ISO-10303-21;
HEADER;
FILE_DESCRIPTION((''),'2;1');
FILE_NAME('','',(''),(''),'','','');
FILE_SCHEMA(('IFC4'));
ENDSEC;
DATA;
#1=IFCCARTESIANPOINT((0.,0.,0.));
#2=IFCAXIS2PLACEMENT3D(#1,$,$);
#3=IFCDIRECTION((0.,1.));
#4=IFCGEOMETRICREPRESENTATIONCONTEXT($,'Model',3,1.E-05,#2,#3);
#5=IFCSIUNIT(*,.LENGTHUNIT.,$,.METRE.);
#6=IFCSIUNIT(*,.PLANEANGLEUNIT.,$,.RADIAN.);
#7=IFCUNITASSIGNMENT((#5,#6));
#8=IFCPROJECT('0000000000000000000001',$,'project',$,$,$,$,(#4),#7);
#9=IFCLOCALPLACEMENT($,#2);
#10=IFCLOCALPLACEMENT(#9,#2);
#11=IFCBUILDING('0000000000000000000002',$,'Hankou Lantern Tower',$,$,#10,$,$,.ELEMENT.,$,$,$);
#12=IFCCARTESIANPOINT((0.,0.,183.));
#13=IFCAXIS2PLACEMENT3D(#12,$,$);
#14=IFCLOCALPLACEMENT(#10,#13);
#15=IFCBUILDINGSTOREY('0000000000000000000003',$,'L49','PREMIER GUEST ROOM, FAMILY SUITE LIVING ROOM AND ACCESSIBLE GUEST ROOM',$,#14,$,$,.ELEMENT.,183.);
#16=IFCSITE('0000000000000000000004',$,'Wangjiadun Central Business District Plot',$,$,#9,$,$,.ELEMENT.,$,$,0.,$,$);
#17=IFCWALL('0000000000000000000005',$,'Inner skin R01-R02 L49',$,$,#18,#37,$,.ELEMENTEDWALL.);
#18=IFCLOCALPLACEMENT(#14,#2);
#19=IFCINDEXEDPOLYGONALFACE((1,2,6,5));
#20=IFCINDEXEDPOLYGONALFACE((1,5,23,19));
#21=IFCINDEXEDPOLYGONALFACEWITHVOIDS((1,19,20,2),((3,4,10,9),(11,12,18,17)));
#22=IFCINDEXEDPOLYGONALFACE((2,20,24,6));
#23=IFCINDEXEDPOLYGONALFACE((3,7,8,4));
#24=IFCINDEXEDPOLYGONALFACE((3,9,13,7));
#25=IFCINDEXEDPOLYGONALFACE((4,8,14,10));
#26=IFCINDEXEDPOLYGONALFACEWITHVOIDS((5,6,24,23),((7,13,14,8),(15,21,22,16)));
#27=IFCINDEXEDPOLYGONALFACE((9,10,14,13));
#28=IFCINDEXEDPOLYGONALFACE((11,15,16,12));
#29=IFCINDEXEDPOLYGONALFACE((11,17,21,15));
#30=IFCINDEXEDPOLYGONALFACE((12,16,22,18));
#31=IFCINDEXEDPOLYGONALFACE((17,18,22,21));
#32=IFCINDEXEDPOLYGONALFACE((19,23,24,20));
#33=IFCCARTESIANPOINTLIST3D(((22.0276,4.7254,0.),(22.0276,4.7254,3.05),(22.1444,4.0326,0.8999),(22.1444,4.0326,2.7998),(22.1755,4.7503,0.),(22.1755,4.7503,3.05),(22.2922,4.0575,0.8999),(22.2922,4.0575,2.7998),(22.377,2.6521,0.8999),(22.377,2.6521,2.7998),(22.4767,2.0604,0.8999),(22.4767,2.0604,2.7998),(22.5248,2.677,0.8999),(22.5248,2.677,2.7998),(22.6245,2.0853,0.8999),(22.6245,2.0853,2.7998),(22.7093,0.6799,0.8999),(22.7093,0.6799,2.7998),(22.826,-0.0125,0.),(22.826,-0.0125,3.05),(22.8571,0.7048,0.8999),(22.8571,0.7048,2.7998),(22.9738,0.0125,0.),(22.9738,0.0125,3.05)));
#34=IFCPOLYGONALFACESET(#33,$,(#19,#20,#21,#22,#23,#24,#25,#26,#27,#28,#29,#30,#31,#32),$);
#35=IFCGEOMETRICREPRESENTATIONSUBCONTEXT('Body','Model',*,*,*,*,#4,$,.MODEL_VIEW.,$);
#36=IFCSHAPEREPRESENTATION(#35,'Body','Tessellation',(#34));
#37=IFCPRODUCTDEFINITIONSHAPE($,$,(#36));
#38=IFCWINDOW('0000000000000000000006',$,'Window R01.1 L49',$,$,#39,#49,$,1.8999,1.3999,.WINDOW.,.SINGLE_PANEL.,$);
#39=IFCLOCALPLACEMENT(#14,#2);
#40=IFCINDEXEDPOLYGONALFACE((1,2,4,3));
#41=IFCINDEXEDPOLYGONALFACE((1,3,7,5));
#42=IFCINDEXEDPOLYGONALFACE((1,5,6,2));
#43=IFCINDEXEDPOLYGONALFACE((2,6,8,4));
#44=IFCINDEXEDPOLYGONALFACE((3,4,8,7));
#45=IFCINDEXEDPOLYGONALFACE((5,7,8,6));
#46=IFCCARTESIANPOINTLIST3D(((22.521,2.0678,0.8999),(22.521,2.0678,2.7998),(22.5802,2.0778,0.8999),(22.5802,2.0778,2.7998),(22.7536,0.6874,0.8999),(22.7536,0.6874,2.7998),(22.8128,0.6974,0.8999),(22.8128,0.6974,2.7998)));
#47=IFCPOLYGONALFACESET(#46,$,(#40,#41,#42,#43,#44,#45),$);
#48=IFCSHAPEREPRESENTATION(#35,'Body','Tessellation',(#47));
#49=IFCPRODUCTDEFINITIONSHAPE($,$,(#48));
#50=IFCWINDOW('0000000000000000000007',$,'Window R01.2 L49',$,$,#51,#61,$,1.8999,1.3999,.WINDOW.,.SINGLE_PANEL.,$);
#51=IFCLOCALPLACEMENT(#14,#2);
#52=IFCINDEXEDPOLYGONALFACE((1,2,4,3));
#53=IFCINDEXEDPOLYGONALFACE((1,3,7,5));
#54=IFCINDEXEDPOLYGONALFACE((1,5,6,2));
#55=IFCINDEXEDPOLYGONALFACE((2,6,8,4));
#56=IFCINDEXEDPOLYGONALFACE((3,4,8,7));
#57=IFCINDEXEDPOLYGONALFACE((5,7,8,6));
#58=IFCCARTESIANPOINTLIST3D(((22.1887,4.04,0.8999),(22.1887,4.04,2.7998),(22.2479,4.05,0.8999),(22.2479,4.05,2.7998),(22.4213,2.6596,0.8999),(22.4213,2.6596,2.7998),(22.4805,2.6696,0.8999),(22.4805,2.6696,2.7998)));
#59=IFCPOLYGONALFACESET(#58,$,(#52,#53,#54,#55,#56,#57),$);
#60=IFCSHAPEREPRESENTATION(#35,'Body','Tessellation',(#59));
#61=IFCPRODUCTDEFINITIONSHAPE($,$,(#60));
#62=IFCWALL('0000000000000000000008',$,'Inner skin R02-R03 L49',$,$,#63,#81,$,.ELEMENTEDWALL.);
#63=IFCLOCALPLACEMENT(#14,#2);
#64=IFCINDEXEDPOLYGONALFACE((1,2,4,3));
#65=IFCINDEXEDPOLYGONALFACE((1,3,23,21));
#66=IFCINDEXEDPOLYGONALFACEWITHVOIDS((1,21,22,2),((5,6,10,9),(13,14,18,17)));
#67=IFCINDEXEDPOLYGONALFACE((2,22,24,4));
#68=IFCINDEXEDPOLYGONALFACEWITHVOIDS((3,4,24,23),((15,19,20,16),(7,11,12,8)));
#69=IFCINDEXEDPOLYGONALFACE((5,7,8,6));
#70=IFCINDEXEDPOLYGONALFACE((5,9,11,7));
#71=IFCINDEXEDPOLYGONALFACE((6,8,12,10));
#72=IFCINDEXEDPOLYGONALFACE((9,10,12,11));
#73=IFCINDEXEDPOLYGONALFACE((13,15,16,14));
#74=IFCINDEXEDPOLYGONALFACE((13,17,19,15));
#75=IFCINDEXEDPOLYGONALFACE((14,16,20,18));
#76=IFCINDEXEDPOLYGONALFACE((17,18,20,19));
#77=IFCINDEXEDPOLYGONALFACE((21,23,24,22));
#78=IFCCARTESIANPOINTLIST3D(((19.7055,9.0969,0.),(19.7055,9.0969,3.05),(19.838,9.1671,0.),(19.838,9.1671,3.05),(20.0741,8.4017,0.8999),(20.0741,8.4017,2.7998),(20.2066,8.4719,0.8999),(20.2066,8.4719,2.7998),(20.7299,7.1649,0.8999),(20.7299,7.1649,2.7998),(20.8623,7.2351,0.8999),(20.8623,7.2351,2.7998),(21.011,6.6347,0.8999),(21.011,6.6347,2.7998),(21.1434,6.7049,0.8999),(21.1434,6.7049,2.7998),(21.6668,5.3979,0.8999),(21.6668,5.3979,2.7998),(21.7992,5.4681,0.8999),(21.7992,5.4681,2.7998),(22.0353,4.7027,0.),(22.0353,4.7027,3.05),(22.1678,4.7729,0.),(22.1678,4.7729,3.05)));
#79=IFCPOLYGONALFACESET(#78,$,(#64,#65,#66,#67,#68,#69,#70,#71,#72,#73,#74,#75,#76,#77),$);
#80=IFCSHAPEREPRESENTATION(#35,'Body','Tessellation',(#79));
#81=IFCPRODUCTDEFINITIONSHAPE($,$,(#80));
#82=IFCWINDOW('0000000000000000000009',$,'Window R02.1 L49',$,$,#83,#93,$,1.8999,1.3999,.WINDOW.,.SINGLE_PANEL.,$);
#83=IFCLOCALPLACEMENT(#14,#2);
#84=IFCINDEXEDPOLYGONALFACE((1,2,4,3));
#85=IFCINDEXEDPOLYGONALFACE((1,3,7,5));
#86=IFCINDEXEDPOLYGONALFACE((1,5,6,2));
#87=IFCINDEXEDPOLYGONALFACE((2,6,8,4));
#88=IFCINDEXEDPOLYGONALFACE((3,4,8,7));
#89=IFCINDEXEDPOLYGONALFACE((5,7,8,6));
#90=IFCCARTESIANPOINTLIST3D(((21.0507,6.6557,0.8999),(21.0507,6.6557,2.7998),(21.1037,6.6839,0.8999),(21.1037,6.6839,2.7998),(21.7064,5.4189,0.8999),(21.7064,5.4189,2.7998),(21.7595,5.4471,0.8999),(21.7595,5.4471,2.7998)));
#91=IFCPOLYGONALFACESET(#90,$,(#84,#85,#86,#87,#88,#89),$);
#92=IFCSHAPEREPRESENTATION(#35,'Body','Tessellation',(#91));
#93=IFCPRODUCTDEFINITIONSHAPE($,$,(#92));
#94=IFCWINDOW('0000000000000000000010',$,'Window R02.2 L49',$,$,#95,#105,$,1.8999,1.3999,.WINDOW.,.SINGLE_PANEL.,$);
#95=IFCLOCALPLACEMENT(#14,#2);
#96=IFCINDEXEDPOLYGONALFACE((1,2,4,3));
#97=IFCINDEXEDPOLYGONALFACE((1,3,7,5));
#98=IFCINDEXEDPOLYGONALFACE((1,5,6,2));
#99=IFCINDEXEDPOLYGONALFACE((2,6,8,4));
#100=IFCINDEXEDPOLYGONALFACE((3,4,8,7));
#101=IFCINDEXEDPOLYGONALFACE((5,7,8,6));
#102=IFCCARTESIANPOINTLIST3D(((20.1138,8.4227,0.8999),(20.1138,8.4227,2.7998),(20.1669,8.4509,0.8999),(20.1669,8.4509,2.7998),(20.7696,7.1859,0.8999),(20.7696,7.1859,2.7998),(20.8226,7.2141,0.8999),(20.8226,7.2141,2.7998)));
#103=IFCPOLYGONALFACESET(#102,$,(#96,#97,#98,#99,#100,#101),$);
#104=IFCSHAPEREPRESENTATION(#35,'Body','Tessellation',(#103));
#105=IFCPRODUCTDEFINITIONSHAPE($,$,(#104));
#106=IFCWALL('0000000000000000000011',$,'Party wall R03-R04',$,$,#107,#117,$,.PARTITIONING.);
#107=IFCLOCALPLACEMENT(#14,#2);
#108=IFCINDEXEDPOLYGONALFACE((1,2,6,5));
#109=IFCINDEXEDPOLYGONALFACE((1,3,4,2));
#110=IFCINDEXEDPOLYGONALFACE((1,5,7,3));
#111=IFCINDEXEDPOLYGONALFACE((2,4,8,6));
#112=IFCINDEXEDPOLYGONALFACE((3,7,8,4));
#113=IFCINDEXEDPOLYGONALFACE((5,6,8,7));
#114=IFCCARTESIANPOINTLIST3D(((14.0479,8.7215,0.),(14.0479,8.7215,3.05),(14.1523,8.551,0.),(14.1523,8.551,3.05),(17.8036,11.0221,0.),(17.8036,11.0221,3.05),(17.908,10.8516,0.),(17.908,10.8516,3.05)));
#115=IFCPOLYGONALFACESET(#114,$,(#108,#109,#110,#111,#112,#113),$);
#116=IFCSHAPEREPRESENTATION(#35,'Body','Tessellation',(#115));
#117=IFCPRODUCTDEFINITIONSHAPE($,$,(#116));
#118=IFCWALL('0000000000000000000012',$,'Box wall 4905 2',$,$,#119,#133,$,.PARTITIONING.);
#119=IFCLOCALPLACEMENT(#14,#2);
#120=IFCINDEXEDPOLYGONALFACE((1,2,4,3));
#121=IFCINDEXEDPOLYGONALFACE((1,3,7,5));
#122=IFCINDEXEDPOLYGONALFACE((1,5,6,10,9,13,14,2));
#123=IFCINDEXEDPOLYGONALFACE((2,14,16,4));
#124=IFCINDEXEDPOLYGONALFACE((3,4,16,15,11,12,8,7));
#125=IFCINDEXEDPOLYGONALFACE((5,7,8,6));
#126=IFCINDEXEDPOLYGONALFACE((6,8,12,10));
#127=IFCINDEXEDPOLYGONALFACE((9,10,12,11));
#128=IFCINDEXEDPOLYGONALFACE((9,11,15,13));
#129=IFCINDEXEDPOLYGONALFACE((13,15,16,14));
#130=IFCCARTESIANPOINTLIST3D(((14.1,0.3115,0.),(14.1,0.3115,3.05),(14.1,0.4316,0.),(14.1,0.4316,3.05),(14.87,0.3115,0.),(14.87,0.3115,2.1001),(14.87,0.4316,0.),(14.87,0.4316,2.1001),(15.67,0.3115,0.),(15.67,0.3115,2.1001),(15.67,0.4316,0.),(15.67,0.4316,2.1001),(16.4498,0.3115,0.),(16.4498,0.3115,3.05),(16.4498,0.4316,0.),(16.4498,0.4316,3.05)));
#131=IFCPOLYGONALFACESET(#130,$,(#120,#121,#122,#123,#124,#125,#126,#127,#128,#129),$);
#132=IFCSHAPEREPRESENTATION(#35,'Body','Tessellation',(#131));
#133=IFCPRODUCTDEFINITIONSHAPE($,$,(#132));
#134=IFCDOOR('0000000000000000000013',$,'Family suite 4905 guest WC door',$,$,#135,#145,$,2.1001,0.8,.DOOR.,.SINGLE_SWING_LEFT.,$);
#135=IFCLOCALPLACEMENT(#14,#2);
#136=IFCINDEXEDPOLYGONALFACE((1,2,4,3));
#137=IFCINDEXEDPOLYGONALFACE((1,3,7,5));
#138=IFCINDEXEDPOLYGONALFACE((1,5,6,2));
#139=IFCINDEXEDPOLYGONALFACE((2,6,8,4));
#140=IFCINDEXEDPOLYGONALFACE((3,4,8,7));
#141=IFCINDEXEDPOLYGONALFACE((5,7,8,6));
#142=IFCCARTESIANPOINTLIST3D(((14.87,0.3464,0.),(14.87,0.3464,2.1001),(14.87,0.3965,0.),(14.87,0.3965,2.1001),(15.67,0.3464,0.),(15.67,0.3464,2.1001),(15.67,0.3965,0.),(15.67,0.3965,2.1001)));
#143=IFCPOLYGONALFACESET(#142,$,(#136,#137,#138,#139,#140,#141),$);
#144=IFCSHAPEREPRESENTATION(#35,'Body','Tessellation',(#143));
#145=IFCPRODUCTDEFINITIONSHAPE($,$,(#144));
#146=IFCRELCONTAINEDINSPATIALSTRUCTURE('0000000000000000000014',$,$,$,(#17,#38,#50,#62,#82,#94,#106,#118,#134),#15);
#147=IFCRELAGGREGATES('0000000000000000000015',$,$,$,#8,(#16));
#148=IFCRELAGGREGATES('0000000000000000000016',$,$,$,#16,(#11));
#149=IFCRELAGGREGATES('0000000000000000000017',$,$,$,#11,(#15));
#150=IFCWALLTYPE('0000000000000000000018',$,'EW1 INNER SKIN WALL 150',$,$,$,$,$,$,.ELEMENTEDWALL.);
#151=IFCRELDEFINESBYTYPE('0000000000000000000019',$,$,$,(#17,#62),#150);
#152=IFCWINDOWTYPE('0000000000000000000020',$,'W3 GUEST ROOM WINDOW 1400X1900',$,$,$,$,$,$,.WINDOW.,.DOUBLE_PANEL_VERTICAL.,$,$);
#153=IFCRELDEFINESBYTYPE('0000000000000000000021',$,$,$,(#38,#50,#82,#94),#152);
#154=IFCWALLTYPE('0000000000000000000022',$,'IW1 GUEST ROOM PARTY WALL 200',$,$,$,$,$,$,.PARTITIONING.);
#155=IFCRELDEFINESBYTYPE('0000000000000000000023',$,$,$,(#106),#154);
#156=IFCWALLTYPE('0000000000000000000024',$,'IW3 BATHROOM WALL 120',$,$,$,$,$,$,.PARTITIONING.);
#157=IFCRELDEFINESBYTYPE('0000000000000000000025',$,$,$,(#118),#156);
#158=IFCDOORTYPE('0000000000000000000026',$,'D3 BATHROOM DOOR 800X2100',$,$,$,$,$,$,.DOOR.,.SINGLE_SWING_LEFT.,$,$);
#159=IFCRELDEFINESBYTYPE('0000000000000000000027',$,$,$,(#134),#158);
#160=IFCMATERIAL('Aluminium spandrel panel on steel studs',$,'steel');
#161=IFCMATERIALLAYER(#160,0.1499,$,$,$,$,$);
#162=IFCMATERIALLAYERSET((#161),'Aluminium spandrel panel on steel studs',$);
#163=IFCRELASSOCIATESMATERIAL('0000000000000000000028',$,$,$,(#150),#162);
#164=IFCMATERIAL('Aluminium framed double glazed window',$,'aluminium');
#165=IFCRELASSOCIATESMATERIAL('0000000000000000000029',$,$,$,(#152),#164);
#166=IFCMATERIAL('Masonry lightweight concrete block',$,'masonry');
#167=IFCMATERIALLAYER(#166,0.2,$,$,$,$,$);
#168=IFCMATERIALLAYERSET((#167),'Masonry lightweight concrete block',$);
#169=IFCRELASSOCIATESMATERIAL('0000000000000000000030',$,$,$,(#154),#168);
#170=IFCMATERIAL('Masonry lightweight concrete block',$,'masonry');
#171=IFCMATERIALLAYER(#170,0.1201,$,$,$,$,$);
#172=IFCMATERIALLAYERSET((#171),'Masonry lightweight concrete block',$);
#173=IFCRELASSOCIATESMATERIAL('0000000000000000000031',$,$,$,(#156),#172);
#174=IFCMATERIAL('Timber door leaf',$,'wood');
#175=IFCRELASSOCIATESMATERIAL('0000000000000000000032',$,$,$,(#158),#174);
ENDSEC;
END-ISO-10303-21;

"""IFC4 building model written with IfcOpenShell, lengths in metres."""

from ifc_helpers import new_model, si_unit, direction, frame, frame_2d, origin, place, context, subcontext, project, spatial, rectangle, extrude, material, layer, layer_set, type_object, element, fill, save


model = new_model("IFC4")

# Units and contexts
model_context = context("Model", 3, precision=1e-05, world=origin(), true_north=direction((0.0, 1.0)))
body_context = subcontext(model_context, "Body", "Model", "MODEL_VIEW")
ifc_project = project(units=[si_unit("LENGTHUNIT", "METRE"), si_unit("PLANEANGLEUNIT", "RADIAN")], contexts=[model_context])

# Site, building, storey
site_placement = place(None, origin())
site = spatial("IfcSite", under=ifc_project, at=site_placement, Name="Wangjiadun Central Business District Plot", CompositionType="ELEMENT", RefElevation=0.0)
building_placement = place(site_placement, origin())
building = spatial("IfcBuilding", under=site, at=building_placement, Name="Hankou Lantern Tower", CompositionType="ELEMENT")
storey_placement = place(building_placement, frame((0.0, 0.0, 183.0)))
storey = spatial("IfcBuildingStorey", under=building, at=storey_placement, Name="L49", Description="PREMIER GUEST ROOM, FAMILY SUITE LIVING ROOM AND ACCESSIBLE GUEST ROOM", CompositionType="ELEMENT", Elevation=183.0)

# Walls, openings, windows
ifc_material_1 = material(Name="Aluminium spandrel panel on steel studs", Category="steel")
ifc_layer_1 = layer(ifc_material_1, 0.1499)
ifc_layer_set_1 = layer_set([ifc_layer_1], Name="Aluminium spandrel panel on steel studs")
wall_type_1 = type_object("IfcWallType", Name="EW1 INNER SKIN WALL 150", PredefinedType="ELEMENTEDWALL", material=ifc_layer_set_1)
wall_1_placement = place(storey_placement, frame((22.8999, 0.0, 0.0), z_axis=(0.0, 0.0, 1.0), x_axis=(-0.166162, 0.986098, 0.0)))
wall_1 = element("IfcWall", 1, at=wall_1_placement, inside=storey, type_object=wall_type_1, Name="Inner skin R01-R02 L49", PredefinedType="ELEMENTEDWALL", context=body_context, shape_type="SweptSolid", body=[
    extrude(rectangle(XDim=4.8047, YDim=0.1499, at=frame_2d((2.4023, 0.0))), origin(), (0.0, 0.0, 1.0), 3.05),
])
opening_1_placement = place(wall_1_placement, frame((0.7021, 0.0, 0.8999)))
opening_1 = element("IfcOpeningElement", 2, at=opening_1_placement, cuts=wall_1, PredefinedType="OPENING", context=body_context, shape_type="SweptSolid", body=[
    extrude(rectangle(XDim=1.3999, YDim=1.8999, at=frame_2d((0.7, 0.95))), frame((0.0, 0.085, 0.0), z_axis=(0.0, -1.0, 0.0), x_axis=(1.0, 0.0, 0.0)), (0.0, 0.0, 1.0), 0.1699),
])
opening_2_placement = place(wall_1_placement, frame((2.7021, 0.0, 0.8999)))
opening_2 = element("IfcOpeningElement", 3, at=opening_2_placement, cuts=wall_1, PredefinedType="OPENING", context=body_context, shape_type="SweptSolid", body=[
    extrude(rectangle(XDim=1.3999, YDim=1.8999, at=frame_2d((0.7, 0.95))), frame((0.0, 0.085, 0.0), z_axis=(0.0, -1.0, 0.0), x_axis=(1.0, 0.0, 0.0)), (0.0, 0.0, 1.0), 0.1699),
])
ifc_material_2 = material(Name="Aluminium framed double glazed window", Category="aluminium")
window_type = type_object("IfcWindowType", Name="W3 GUEST ROOM WINDOW 1400X1900", PartitioningType="DOUBLE_PANEL_VERTICAL", PredefinedType="WINDOW", material=ifc_material_2)
window_1_placement = place(opening_1_placement, origin())
window_1 = element("IfcWindow", 4, at=window_1_placement, inside=storey, type_object=window_type, Name="Window R01.1 L49", OverallHeight=1.8999, OverallWidth=1.3999, PartitioningType="SINGLE_PANEL", PredefinedType="WINDOW", context=body_context, shape_type="SweptSolid", body=[
    extrude(rectangle(XDim=1.3999, YDim=1.8999, at=frame_2d((0.7, 0.95))), frame((0.0, 0.03, 0.0), z_axis=(0.0, -1.0, 0.0), x_axis=(1.0, 0.0, 0.0)), (0.0, 0.0, 1.0), 0.0601),
])
fill(opening_1, window_1)
window_2_placement = place(opening_2_placement, origin())
window_2 = element("IfcWindow", 5, at=window_2_placement, inside=storey, type_object=window_type, Name="Window R01.2 L49", OverallHeight=1.8999, OverallWidth=1.3999, PartitioningType="SINGLE_PANEL", PredefinedType="WINDOW", context=body_context, shape_type="SweptSolid", body=[
    extrude(rectangle(XDim=1.3999, YDim=1.8999, at=frame_2d((0.7, 0.95))), frame((0.0, 0.03, 0.0), z_axis=(0.0, -1.0, 0.0), x_axis=(1.0, 0.0, 0.0)), (0.0, 0.0, 1.0), 0.0601),
])
fill(opening_2, window_2)
wall_2_placement = place(storey_placement, frame((22.1016, 4.7378, 0.0), z_axis=(0.0, 0.0, 1.0), x_axis=(-0.468429, 0.883501, 0.0)))
wall_2 = element("IfcWall", 6, at=wall_2_placement, inside=storey, type_object=wall_type_1, Name="Inner skin R02-R03 L49", PredefinedType="ELEMENTEDWALL", context=body_context, shape_type="SweptSolid", body=[
    extrude(rectangle(XDim=4.9736, YDim=0.1499, at=frame_2d((2.4868, 0.0))), origin(), (0.0, 0.0, 1.0), 3.05),
])
opening_3_placement = place(wall_2_placement, frame((0.7869, 0.0, 0.8999)))
opening_3 = element("IfcOpeningElement", 7, at=opening_3_placement, cuts=wall_2, PredefinedType="OPENING", context=body_context, shape_type="SweptSolid", body=[
    extrude(rectangle(XDim=1.3999, YDim=1.8999, at=frame_2d((0.7, 0.95))), frame((0.0, 0.085, 0.0), z_axis=(0.0, -1.0, 0.0), x_axis=(1.0, 0.0, 0.0)), (0.0, 0.0, 1.0), 0.1699),
])
opening_4_placement = place(wall_2_placement, frame((2.7869, 0.0, 0.8999)))
opening_4 = element("IfcOpeningElement", 8, at=opening_4_placement, cuts=wall_2, PredefinedType="OPENING", context=body_context, shape_type="SweptSolid", body=[
    extrude(rectangle(XDim=1.3999, YDim=1.8999, at=frame_2d((0.7, 0.95))), frame((0.0, 0.085, 0.0), z_axis=(0.0, -1.0, 0.0), x_axis=(1.0, 0.0, 0.0)), (0.0, 0.0, 1.0), 0.1699),
])
window_3_placement = place(opening_3_placement, origin())
window_3 = element("IfcWindow", 9, at=window_3_placement, inside=storey, type_object=window_type, Name="Window R02.1 L49", OverallHeight=1.8999, OverallWidth=1.3999, PartitioningType="SINGLE_PANEL", PredefinedType="WINDOW", context=body_context, shape_type="SweptSolid", body=[
    extrude(rectangle(XDim=1.3999, YDim=1.8999, at=frame_2d((0.7, 0.95))), frame((0.0, 0.03, 0.0), z_axis=(0.0, -1.0, 0.0), x_axis=(1.0, 0.0, 0.0)), (0.0, 0.0, 1.0), 0.0601),
])
fill(opening_3, window_3)
window_4_placement = place(opening_4_placement, origin())
window_4 = element("IfcWindow", 10, at=window_4_placement, inside=storey, type_object=window_type, Name="Window R02.2 L49", OverallHeight=1.8999, OverallWidth=1.3999, PartitioningType="SINGLE_PANEL", PredefinedType="WINDOW", context=body_context, shape_type="SweptSolid", body=[
    extrude(rectangle(XDim=1.3999, YDim=1.8999, at=frame_2d((0.7, 0.95))), frame((0.0, 0.03, 0.0), z_axis=(0.0, -1.0, 0.0), x_axis=(1.0, 0.0, 0.0)), (0.0, 0.0, 1.0), 0.0601),
])
fill(opening_4, window_4)

# Wall
ifc_material_3 = material(Name="Masonry lightweight concrete block", Category="masonry")
ifc_layer_2 = layer(ifc_material_3, 0.2)
ifc_layer_set_2 = layer_set([ifc_layer_2], Name="Masonry lightweight concrete block")
wall_type_2 = type_object("IfcWallType", Name="IW1 GUEST ROOM PARTY WALL 200", PredefinedType="PARTITIONING", material=ifc_layer_set_2)
wall_3_placement = place(storey_placement, frame((14.1001, 8.6362, 0.0), z_axis=(0.0, 0.0, 1.0), x_axis=(0.852732, 0.522349, 0.0)))
element("IfcWall", 11, at=wall_3_placement, inside=storey, type_object=wall_type_2, Name="Party wall R03-R04", PredefinedType="PARTITIONING", context=body_context, shape_type="SweptSolid", body=[
    extrude(rectangle(XDim=4.4043, YDim=0.2, at=frame_2d((2.2021, 0.0))), origin(), (0.0, 0.0, 1.0), 3.05),
])

# Wall, opening, door
ifc_material_4 = material(Name="Masonry lightweight concrete block", Category="masonry")
ifc_layer_3 = layer(ifc_material_4, 0.1201)
ifc_layer_set_3 = layer_set([ifc_layer_3], Name="Masonry lightweight concrete block")
wall_type_3 = type_object("IfcWallType", Name="IW3 BATHROOM WALL 120", PredefinedType="PARTITIONING", material=ifc_layer_set_3)
wall_4_placement = place(storey_placement, frame((14.1001, 0.3716, 0.0), z_axis=(0.0, 0.0, 1.0), x_axis=(1.0, 0.0, 0.0)))
wall_4 = element("IfcWall", 12, at=wall_4_placement, inside=storey, type_object=wall_type_3, Name="Box wall 4905 2", PredefinedType="PARTITIONING", context=body_context, shape_type="SweptSolid", body=[
    extrude(rectangle(XDim=2.3499, YDim=0.1201, at=frame_2d((1.1748, 0.0))), origin(), (0.0, 0.0, 1.0), 3.05),
])
opening_5_placement = place(wall_4_placement, frame((0.77, 0.0, 0.0)))
opening_5 = element("IfcOpeningElement", 13, at=opening_5_placement, cuts=wall_4, PredefinedType="OPENING", context=body_context, shape_type="SweptSolid", body=[
    extrude(rectangle(XDim=0.8, YDim=2.1001, at=frame_2d((0.3999, 1.05))), frame((0.0, 0.0701, 0.0), z_axis=(0.0, -1.0, 0.0), x_axis=(1.0, 0.0, 0.0)), (0.0, 0.0, 1.0), 0.1401),
])
ifc_material_5 = material(Name="Timber door leaf", Category="wood")
door_type_1 = type_object("IfcDoorType", Name="D3 BATHROOM DOOR 800X2100", OperationType="SINGLE_SWING_LEFT", PredefinedType="DOOR", material=ifc_material_5)
door_1_placement = place(opening_5_placement, origin())
door_1 = element("IfcDoor", 14, at=door_1_placement, inside=storey, type_object=door_type_1, Name="Family suite 4905 guest WC door", OperationType="SINGLE_SWING_LEFT", OverallHeight=2.1001, OverallWidth=0.8, PredefinedType="DOOR", context=body_context, shape_type="SweptSolid", body=[
    extrude(rectangle(XDim=0.8, YDim=2.1001, at=frame_2d((0.3999, 1.05))), frame((0.0, 0.0249, 0.0), z_axis=(0.0, -1.0, 0.0), x_axis=(1.0, 0.0, 0.0)), (0.0, 0.0, 1.0), 0.05),
])
fill(opening_5, door_1)

save(model, "model.ifc")
